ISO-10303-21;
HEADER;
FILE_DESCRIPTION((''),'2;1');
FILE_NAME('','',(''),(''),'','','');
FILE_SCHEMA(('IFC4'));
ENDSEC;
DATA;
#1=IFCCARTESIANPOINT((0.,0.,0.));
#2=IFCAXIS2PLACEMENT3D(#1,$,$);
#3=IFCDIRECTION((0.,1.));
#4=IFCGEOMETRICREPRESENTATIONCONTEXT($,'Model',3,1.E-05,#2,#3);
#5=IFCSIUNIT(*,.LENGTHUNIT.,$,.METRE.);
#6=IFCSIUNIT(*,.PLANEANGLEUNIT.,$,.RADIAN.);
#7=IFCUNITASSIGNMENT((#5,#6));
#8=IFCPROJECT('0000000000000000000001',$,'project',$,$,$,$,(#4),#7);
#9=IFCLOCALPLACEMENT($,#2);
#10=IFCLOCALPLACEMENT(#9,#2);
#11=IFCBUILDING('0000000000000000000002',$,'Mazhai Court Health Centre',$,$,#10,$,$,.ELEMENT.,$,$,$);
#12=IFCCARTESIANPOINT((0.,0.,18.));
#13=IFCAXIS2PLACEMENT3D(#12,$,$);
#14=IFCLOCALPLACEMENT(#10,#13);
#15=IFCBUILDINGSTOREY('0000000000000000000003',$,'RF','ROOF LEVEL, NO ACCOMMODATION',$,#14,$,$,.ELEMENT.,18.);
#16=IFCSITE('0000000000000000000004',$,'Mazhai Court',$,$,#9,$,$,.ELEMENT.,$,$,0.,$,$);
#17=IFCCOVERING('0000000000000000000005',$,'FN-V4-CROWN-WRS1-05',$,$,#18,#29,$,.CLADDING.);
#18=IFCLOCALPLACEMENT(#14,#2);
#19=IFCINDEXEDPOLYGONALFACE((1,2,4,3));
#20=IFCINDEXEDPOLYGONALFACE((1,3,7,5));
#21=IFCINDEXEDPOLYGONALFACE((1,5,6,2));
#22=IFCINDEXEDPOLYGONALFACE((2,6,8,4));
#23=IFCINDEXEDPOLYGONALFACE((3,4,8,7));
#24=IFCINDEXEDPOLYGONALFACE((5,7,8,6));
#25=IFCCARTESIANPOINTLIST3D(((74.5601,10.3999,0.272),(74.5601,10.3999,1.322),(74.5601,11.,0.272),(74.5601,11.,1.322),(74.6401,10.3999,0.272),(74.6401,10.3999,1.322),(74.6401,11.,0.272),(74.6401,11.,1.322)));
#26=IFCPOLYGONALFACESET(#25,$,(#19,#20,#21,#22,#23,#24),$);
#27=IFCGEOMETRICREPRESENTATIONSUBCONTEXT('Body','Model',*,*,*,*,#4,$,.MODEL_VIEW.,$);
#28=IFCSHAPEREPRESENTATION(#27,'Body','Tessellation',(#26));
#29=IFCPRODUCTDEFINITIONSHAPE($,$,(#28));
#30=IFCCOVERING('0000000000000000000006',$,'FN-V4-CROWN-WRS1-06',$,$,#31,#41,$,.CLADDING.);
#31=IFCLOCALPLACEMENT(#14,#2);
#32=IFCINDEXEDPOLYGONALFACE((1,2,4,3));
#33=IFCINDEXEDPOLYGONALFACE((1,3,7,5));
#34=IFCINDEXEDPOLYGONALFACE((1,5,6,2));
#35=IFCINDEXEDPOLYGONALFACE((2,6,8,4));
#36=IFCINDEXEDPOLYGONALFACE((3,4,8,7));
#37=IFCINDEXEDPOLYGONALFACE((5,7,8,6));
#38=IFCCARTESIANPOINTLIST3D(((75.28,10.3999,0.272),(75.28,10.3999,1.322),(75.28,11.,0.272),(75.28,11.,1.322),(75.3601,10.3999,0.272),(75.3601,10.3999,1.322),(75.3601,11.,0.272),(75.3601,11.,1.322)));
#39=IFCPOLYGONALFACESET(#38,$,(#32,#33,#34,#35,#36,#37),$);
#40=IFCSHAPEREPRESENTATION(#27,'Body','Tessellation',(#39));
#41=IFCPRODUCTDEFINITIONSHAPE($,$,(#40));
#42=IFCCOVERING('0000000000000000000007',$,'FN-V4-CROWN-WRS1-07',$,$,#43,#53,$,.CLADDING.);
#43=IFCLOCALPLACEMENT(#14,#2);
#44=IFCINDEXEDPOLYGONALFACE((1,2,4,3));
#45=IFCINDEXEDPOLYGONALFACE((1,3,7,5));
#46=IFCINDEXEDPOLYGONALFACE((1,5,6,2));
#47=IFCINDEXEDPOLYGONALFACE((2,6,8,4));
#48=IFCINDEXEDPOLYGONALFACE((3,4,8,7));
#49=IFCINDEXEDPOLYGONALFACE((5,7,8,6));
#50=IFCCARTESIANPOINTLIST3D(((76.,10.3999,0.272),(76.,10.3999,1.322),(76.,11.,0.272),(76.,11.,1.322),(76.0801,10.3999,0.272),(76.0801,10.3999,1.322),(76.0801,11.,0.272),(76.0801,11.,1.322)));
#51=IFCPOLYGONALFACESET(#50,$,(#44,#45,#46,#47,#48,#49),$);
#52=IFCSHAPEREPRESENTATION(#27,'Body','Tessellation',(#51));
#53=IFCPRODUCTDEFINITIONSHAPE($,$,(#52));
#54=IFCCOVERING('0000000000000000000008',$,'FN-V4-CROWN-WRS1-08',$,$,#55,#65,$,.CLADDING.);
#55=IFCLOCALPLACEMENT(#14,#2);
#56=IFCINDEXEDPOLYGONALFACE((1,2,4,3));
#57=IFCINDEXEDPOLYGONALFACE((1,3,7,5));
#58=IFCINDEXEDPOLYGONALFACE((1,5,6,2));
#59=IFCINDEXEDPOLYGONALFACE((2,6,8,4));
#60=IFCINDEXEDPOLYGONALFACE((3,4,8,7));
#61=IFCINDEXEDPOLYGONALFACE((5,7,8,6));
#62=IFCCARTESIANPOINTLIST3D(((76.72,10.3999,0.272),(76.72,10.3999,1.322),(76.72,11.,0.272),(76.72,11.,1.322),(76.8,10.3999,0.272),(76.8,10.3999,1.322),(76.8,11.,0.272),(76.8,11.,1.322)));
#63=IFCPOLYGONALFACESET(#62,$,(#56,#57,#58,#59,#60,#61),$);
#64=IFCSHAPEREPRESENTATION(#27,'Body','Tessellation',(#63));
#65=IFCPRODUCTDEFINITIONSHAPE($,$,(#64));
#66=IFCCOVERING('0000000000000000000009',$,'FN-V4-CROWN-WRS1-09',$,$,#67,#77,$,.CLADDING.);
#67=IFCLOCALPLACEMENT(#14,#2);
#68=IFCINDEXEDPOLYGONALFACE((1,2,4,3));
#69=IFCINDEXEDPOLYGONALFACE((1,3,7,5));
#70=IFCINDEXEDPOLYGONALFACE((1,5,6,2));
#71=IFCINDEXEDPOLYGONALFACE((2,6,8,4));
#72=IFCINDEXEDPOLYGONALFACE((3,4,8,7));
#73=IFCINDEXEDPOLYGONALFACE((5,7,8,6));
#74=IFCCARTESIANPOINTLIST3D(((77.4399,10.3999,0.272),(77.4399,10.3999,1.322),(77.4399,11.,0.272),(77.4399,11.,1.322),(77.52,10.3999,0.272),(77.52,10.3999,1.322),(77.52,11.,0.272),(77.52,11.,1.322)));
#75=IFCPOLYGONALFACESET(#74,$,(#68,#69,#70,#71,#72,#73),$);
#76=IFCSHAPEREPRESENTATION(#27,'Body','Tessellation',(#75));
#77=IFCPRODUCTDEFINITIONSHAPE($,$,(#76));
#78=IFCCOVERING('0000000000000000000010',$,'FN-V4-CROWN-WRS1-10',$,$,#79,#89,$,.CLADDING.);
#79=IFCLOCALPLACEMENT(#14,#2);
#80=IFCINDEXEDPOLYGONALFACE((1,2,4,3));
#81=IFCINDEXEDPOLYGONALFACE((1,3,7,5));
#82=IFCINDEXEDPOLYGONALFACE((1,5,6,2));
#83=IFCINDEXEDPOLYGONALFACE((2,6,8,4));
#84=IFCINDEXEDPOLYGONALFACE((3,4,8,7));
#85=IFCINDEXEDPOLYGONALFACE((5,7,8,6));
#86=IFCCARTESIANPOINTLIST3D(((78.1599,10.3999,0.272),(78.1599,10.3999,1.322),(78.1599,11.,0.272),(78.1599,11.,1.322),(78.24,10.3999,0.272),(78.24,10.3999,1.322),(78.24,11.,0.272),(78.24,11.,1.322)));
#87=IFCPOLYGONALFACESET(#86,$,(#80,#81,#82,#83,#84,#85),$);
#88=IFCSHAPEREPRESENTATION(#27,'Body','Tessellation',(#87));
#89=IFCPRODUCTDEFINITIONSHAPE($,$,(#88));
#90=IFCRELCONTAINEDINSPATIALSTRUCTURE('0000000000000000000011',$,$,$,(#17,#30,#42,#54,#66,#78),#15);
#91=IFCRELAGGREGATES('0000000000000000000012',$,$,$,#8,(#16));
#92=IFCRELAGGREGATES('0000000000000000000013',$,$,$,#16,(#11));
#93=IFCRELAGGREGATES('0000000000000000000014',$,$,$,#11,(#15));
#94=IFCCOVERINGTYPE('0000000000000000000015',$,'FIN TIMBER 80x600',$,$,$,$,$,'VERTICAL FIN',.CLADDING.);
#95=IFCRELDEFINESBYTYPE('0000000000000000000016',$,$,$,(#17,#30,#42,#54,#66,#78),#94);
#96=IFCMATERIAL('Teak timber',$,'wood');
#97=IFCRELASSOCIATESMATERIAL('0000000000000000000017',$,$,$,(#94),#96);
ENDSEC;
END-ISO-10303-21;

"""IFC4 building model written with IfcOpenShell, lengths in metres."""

from ifc_helpers import new_model, si_unit, direction, frame, origin, origin_2d, place, context, subcontext, project, spatial, rectangle, extrude, material, type_object, element, save


model = new_model("IFC4")

# Units and contexts
model_context = context("Model", 3, precision=1e-05, world=origin(), true_north=direction((0.0, 1.0)))
body_context = subcontext(model_context, "Body", "Model", "MODEL_VIEW")
ifc_project = project(units=[si_unit("LENGTHUNIT", "METRE"), si_unit("PLANEANGLEUNIT", "RADIAN")], contexts=[model_context])

# Site, building, storey
site_placement = place(None, origin())
site = spatial("IfcSite", under=ifc_project, at=site_placement, Name="Mazhai Court", CompositionType="ELEMENT", RefElevation=0.0)
building_placement = place(site_placement, origin())
building = spatial("IfcBuilding", under=site, at=building_placement, Name="Mazhai Court Health Centre", CompositionType="ELEMENT")
storey_placement = place(building_placement, frame((0.0, 0.0, 18.0)))
storey = spatial("IfcBuildingStorey", under=building, at=storey_placement, Name="RF", Description="ROOF LEVEL, NO ACCOMMODATION", CompositionType="ELEMENT", Elevation=18.0)

# Coverings
ifc_material_1 = material(Name="Teak timber", Category="wood")
covering_type = type_object("IfcCoveringType", Name="FIN TIMBER 80x600", ElementType="VERTICAL FIN", PredefinedType="CLADDING", material=ifc_material_1)
for number, where, z_axis, x_axis, name in (
    (1, (74.6001, 10.7, 0.272), (0.0, 0.0, 1.0), (1.0, 0.0, 0.0), "FN-V4-CROWN-WRS1-05"),
    (2, (75.3201, 10.7, 0.272), (0.0, 0.0, 1.0), (1.0, 0.0, 0.0), "FN-V4-CROWN-WRS1-06"),
    (3, (76.04, 10.7, 0.272), (0.0, 0.0, 1.0), (1.0, 0.0, 0.0), "FN-V4-CROWN-WRS1-07"),
    (4, (76.76, 10.7, 0.272), (0.0, 0.0, 1.0), (1.0, 0.0, 0.0), "FN-V4-CROWN-WRS1-08"),
    (5, (77.48, 10.7, 0.272), (0.0, 0.0, 1.0), (1.0, 0.0, 0.0), "FN-V4-CROWN-WRS1-09"),
    (6, (78.2, 10.7, 0.272), (0.0, 0.0, 1.0), (1.0, 0.0, 0.0), "FN-V4-CROWN-WRS1-10"),
):
    element("IfcCovering", number, at=place(storey_placement, frame(where, z_axis=z_axis, x_axis=x_axis)), inside=storey, type_object=covering_type, Name=name, PredefinedType="CLADDING", context=body_context, shape_type="SweptSolid", body=[
        extrude(rectangle(XDim=0.0801, YDim=0.6001, at=origin_2d()), origin(), (0.0, 0.0, 1.0), 1.05),
    ])

save(model, "model.ifc")
